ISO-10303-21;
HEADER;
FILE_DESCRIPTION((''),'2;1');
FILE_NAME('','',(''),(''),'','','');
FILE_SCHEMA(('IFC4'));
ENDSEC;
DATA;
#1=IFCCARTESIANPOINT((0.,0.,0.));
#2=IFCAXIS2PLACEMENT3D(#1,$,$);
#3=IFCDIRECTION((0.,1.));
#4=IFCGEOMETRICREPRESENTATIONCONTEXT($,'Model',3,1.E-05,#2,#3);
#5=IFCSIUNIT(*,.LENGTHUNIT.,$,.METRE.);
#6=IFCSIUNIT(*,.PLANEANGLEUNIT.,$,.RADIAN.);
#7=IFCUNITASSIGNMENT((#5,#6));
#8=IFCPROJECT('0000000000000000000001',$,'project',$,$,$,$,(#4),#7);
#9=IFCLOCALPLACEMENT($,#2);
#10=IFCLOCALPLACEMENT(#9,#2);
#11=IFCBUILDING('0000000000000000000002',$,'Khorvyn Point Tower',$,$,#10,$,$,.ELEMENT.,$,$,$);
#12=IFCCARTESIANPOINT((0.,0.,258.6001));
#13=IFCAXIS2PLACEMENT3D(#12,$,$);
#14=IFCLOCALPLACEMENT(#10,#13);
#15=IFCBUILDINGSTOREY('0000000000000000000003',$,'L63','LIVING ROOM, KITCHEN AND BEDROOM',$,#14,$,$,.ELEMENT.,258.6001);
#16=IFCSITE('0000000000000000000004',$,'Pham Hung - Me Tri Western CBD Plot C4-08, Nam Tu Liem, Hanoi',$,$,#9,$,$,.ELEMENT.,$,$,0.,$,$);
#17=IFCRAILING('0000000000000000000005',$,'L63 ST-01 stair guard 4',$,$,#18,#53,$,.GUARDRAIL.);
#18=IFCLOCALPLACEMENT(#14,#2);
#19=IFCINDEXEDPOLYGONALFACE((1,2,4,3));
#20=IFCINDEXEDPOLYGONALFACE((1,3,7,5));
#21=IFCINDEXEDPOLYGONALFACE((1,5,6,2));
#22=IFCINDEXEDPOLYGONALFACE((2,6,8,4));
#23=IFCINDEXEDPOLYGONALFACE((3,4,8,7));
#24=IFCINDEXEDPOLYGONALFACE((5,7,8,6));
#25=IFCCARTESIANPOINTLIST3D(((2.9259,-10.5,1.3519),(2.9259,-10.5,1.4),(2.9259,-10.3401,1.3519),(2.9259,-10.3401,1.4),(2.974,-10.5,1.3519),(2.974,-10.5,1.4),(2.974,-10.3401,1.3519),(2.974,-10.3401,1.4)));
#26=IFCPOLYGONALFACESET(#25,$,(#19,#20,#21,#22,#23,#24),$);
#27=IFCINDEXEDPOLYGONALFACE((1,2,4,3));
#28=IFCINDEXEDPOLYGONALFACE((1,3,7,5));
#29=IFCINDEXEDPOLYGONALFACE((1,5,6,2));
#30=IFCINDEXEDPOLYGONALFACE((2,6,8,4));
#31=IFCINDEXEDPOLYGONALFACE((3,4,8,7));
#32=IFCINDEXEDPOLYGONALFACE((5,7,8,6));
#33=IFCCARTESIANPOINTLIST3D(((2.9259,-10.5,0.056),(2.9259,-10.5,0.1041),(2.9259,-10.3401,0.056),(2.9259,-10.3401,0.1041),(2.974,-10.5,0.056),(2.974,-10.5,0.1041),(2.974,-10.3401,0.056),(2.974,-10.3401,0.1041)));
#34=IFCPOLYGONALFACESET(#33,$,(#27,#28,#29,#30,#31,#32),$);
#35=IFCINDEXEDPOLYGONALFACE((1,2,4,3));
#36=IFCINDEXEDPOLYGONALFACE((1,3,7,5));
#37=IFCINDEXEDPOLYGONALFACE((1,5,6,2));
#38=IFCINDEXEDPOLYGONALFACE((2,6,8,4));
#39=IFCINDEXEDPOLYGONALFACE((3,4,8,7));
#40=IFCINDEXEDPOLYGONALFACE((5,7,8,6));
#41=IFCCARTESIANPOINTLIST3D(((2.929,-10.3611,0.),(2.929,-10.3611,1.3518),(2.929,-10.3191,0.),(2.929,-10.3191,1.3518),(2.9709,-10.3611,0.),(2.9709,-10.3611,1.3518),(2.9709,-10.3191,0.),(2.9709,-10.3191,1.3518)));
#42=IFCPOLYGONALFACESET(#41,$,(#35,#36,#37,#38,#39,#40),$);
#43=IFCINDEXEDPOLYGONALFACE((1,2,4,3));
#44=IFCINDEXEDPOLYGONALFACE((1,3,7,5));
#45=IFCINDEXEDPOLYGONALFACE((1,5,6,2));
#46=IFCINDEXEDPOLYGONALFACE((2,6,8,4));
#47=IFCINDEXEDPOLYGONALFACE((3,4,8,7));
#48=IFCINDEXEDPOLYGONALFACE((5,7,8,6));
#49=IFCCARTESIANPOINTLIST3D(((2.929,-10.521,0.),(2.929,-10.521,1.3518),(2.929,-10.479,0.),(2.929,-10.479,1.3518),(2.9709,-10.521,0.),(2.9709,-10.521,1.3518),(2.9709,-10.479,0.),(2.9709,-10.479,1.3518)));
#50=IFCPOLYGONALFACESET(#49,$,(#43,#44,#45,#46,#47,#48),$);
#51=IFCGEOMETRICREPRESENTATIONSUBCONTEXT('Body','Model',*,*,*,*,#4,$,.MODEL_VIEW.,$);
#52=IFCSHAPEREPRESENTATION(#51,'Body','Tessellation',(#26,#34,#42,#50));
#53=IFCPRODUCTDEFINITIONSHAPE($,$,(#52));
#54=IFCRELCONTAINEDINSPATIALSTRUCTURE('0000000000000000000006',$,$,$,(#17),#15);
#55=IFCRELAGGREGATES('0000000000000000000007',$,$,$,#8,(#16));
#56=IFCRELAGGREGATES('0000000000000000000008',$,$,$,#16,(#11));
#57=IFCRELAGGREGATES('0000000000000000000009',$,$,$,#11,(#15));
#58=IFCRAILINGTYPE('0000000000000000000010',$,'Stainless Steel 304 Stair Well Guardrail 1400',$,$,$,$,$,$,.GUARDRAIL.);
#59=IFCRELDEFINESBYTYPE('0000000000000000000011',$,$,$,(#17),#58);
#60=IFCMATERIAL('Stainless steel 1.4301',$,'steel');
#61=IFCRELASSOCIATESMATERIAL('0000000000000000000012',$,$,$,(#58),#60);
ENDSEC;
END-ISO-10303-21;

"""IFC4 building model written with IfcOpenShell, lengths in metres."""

from ifc_helpers import new_model, si_unit, direction, frame, origin, origin_2d, place, context, subcontext, project, spatial, rectangle, extrude, material, type_object, element, save


model = new_model("IFC4")

# Units and contexts
model_context = context("Model", 3, precision=1e-05, world=origin(), true_north=direction((0.0, 1.0)))
body_context = subcontext(model_context, "Body", "Model", "MODEL_VIEW")
ifc_project = project(units=[si_unit("LENGTHUNIT", "METRE"), si_unit("PLANEANGLEUNIT", "RADIAN")], contexts=[model_context])

# Site, building, storey
site_placement = place(None, origin())
site = spatial("IfcSite", under=ifc_project, at=site_placement, Name="Pham Hung - Me Tri Western CBD Plot C4-08, Nam Tu Liem, Hanoi", CompositionType="ELEMENT", RefElevation=0.0)
building_placement = place(site_placement, origin())
building = spatial("IfcBuilding", under=site, at=building_placement, Name="Khorvyn Point Tower", CompositionType="ELEMENT")
storey_placement = place(building_placement, frame((0.0, 0.0, 258.6001)))
storey = spatial("IfcBuildingStorey", under=building, at=storey_placement, Name="L63", Description="LIVING ROOM, KITCHEN AND BEDROOM", CompositionType="ELEMENT", Elevation=258.6001)

# Shared definitions
ifc_material_1 = material(Name="Stainless steel 1.4301", Category="steel")

# Railing
railing_type_1 = type_object("IfcRailingType", Name="Stainless Steel 304 Stair Well Guardrail 1400", PredefinedType="GUARDRAIL", material=ifc_material_1)
railing_1_placement = place(storey_placement, frame((2.95, -10.3401, 0.0)))
element("IfcRailing", 1, at=railing_1_placement, inside=storey, type_object=railing_type_1, Name="L63 ST-01 stair guard 4", PredefinedType="GUARDRAIL", context=body_context, shape_type="SweptSolid", body=[
    extrude(rectangle(XDim=0.0481, YDim=0.0481, at=origin_2d()), frame((0.0, 0.0, 1.376), z_axis=(0.0, -1.0, 0.0), x_axis=(1.0, 0.0, 0.0)), (0.0, 0.0, 1.0), 0.1599),
    extrude(rectangle(XDim=0.0481, YDim=0.0481, at=origin_2d()), frame((0.0, 0.0, 0.0801), z_axis=(0.0, -1.0, 0.0), x_axis=(1.0, 0.0, 0.0)), (0.0, 0.0, 1.0), 0.1599),
    extrude(rectangle(XDim=0.042, YDim=0.042, at=origin_2d()), origin(), (0.0, 0.0, 1.0), 1.3518),
    extrude(rectangle(XDim=0.042, YDim=0.042, at=origin_2d()), frame((0.0, -0.1599, 0.0)), (0.0, 0.0, 1.0), 1.3518),
])

save(model, "model.ifc")
